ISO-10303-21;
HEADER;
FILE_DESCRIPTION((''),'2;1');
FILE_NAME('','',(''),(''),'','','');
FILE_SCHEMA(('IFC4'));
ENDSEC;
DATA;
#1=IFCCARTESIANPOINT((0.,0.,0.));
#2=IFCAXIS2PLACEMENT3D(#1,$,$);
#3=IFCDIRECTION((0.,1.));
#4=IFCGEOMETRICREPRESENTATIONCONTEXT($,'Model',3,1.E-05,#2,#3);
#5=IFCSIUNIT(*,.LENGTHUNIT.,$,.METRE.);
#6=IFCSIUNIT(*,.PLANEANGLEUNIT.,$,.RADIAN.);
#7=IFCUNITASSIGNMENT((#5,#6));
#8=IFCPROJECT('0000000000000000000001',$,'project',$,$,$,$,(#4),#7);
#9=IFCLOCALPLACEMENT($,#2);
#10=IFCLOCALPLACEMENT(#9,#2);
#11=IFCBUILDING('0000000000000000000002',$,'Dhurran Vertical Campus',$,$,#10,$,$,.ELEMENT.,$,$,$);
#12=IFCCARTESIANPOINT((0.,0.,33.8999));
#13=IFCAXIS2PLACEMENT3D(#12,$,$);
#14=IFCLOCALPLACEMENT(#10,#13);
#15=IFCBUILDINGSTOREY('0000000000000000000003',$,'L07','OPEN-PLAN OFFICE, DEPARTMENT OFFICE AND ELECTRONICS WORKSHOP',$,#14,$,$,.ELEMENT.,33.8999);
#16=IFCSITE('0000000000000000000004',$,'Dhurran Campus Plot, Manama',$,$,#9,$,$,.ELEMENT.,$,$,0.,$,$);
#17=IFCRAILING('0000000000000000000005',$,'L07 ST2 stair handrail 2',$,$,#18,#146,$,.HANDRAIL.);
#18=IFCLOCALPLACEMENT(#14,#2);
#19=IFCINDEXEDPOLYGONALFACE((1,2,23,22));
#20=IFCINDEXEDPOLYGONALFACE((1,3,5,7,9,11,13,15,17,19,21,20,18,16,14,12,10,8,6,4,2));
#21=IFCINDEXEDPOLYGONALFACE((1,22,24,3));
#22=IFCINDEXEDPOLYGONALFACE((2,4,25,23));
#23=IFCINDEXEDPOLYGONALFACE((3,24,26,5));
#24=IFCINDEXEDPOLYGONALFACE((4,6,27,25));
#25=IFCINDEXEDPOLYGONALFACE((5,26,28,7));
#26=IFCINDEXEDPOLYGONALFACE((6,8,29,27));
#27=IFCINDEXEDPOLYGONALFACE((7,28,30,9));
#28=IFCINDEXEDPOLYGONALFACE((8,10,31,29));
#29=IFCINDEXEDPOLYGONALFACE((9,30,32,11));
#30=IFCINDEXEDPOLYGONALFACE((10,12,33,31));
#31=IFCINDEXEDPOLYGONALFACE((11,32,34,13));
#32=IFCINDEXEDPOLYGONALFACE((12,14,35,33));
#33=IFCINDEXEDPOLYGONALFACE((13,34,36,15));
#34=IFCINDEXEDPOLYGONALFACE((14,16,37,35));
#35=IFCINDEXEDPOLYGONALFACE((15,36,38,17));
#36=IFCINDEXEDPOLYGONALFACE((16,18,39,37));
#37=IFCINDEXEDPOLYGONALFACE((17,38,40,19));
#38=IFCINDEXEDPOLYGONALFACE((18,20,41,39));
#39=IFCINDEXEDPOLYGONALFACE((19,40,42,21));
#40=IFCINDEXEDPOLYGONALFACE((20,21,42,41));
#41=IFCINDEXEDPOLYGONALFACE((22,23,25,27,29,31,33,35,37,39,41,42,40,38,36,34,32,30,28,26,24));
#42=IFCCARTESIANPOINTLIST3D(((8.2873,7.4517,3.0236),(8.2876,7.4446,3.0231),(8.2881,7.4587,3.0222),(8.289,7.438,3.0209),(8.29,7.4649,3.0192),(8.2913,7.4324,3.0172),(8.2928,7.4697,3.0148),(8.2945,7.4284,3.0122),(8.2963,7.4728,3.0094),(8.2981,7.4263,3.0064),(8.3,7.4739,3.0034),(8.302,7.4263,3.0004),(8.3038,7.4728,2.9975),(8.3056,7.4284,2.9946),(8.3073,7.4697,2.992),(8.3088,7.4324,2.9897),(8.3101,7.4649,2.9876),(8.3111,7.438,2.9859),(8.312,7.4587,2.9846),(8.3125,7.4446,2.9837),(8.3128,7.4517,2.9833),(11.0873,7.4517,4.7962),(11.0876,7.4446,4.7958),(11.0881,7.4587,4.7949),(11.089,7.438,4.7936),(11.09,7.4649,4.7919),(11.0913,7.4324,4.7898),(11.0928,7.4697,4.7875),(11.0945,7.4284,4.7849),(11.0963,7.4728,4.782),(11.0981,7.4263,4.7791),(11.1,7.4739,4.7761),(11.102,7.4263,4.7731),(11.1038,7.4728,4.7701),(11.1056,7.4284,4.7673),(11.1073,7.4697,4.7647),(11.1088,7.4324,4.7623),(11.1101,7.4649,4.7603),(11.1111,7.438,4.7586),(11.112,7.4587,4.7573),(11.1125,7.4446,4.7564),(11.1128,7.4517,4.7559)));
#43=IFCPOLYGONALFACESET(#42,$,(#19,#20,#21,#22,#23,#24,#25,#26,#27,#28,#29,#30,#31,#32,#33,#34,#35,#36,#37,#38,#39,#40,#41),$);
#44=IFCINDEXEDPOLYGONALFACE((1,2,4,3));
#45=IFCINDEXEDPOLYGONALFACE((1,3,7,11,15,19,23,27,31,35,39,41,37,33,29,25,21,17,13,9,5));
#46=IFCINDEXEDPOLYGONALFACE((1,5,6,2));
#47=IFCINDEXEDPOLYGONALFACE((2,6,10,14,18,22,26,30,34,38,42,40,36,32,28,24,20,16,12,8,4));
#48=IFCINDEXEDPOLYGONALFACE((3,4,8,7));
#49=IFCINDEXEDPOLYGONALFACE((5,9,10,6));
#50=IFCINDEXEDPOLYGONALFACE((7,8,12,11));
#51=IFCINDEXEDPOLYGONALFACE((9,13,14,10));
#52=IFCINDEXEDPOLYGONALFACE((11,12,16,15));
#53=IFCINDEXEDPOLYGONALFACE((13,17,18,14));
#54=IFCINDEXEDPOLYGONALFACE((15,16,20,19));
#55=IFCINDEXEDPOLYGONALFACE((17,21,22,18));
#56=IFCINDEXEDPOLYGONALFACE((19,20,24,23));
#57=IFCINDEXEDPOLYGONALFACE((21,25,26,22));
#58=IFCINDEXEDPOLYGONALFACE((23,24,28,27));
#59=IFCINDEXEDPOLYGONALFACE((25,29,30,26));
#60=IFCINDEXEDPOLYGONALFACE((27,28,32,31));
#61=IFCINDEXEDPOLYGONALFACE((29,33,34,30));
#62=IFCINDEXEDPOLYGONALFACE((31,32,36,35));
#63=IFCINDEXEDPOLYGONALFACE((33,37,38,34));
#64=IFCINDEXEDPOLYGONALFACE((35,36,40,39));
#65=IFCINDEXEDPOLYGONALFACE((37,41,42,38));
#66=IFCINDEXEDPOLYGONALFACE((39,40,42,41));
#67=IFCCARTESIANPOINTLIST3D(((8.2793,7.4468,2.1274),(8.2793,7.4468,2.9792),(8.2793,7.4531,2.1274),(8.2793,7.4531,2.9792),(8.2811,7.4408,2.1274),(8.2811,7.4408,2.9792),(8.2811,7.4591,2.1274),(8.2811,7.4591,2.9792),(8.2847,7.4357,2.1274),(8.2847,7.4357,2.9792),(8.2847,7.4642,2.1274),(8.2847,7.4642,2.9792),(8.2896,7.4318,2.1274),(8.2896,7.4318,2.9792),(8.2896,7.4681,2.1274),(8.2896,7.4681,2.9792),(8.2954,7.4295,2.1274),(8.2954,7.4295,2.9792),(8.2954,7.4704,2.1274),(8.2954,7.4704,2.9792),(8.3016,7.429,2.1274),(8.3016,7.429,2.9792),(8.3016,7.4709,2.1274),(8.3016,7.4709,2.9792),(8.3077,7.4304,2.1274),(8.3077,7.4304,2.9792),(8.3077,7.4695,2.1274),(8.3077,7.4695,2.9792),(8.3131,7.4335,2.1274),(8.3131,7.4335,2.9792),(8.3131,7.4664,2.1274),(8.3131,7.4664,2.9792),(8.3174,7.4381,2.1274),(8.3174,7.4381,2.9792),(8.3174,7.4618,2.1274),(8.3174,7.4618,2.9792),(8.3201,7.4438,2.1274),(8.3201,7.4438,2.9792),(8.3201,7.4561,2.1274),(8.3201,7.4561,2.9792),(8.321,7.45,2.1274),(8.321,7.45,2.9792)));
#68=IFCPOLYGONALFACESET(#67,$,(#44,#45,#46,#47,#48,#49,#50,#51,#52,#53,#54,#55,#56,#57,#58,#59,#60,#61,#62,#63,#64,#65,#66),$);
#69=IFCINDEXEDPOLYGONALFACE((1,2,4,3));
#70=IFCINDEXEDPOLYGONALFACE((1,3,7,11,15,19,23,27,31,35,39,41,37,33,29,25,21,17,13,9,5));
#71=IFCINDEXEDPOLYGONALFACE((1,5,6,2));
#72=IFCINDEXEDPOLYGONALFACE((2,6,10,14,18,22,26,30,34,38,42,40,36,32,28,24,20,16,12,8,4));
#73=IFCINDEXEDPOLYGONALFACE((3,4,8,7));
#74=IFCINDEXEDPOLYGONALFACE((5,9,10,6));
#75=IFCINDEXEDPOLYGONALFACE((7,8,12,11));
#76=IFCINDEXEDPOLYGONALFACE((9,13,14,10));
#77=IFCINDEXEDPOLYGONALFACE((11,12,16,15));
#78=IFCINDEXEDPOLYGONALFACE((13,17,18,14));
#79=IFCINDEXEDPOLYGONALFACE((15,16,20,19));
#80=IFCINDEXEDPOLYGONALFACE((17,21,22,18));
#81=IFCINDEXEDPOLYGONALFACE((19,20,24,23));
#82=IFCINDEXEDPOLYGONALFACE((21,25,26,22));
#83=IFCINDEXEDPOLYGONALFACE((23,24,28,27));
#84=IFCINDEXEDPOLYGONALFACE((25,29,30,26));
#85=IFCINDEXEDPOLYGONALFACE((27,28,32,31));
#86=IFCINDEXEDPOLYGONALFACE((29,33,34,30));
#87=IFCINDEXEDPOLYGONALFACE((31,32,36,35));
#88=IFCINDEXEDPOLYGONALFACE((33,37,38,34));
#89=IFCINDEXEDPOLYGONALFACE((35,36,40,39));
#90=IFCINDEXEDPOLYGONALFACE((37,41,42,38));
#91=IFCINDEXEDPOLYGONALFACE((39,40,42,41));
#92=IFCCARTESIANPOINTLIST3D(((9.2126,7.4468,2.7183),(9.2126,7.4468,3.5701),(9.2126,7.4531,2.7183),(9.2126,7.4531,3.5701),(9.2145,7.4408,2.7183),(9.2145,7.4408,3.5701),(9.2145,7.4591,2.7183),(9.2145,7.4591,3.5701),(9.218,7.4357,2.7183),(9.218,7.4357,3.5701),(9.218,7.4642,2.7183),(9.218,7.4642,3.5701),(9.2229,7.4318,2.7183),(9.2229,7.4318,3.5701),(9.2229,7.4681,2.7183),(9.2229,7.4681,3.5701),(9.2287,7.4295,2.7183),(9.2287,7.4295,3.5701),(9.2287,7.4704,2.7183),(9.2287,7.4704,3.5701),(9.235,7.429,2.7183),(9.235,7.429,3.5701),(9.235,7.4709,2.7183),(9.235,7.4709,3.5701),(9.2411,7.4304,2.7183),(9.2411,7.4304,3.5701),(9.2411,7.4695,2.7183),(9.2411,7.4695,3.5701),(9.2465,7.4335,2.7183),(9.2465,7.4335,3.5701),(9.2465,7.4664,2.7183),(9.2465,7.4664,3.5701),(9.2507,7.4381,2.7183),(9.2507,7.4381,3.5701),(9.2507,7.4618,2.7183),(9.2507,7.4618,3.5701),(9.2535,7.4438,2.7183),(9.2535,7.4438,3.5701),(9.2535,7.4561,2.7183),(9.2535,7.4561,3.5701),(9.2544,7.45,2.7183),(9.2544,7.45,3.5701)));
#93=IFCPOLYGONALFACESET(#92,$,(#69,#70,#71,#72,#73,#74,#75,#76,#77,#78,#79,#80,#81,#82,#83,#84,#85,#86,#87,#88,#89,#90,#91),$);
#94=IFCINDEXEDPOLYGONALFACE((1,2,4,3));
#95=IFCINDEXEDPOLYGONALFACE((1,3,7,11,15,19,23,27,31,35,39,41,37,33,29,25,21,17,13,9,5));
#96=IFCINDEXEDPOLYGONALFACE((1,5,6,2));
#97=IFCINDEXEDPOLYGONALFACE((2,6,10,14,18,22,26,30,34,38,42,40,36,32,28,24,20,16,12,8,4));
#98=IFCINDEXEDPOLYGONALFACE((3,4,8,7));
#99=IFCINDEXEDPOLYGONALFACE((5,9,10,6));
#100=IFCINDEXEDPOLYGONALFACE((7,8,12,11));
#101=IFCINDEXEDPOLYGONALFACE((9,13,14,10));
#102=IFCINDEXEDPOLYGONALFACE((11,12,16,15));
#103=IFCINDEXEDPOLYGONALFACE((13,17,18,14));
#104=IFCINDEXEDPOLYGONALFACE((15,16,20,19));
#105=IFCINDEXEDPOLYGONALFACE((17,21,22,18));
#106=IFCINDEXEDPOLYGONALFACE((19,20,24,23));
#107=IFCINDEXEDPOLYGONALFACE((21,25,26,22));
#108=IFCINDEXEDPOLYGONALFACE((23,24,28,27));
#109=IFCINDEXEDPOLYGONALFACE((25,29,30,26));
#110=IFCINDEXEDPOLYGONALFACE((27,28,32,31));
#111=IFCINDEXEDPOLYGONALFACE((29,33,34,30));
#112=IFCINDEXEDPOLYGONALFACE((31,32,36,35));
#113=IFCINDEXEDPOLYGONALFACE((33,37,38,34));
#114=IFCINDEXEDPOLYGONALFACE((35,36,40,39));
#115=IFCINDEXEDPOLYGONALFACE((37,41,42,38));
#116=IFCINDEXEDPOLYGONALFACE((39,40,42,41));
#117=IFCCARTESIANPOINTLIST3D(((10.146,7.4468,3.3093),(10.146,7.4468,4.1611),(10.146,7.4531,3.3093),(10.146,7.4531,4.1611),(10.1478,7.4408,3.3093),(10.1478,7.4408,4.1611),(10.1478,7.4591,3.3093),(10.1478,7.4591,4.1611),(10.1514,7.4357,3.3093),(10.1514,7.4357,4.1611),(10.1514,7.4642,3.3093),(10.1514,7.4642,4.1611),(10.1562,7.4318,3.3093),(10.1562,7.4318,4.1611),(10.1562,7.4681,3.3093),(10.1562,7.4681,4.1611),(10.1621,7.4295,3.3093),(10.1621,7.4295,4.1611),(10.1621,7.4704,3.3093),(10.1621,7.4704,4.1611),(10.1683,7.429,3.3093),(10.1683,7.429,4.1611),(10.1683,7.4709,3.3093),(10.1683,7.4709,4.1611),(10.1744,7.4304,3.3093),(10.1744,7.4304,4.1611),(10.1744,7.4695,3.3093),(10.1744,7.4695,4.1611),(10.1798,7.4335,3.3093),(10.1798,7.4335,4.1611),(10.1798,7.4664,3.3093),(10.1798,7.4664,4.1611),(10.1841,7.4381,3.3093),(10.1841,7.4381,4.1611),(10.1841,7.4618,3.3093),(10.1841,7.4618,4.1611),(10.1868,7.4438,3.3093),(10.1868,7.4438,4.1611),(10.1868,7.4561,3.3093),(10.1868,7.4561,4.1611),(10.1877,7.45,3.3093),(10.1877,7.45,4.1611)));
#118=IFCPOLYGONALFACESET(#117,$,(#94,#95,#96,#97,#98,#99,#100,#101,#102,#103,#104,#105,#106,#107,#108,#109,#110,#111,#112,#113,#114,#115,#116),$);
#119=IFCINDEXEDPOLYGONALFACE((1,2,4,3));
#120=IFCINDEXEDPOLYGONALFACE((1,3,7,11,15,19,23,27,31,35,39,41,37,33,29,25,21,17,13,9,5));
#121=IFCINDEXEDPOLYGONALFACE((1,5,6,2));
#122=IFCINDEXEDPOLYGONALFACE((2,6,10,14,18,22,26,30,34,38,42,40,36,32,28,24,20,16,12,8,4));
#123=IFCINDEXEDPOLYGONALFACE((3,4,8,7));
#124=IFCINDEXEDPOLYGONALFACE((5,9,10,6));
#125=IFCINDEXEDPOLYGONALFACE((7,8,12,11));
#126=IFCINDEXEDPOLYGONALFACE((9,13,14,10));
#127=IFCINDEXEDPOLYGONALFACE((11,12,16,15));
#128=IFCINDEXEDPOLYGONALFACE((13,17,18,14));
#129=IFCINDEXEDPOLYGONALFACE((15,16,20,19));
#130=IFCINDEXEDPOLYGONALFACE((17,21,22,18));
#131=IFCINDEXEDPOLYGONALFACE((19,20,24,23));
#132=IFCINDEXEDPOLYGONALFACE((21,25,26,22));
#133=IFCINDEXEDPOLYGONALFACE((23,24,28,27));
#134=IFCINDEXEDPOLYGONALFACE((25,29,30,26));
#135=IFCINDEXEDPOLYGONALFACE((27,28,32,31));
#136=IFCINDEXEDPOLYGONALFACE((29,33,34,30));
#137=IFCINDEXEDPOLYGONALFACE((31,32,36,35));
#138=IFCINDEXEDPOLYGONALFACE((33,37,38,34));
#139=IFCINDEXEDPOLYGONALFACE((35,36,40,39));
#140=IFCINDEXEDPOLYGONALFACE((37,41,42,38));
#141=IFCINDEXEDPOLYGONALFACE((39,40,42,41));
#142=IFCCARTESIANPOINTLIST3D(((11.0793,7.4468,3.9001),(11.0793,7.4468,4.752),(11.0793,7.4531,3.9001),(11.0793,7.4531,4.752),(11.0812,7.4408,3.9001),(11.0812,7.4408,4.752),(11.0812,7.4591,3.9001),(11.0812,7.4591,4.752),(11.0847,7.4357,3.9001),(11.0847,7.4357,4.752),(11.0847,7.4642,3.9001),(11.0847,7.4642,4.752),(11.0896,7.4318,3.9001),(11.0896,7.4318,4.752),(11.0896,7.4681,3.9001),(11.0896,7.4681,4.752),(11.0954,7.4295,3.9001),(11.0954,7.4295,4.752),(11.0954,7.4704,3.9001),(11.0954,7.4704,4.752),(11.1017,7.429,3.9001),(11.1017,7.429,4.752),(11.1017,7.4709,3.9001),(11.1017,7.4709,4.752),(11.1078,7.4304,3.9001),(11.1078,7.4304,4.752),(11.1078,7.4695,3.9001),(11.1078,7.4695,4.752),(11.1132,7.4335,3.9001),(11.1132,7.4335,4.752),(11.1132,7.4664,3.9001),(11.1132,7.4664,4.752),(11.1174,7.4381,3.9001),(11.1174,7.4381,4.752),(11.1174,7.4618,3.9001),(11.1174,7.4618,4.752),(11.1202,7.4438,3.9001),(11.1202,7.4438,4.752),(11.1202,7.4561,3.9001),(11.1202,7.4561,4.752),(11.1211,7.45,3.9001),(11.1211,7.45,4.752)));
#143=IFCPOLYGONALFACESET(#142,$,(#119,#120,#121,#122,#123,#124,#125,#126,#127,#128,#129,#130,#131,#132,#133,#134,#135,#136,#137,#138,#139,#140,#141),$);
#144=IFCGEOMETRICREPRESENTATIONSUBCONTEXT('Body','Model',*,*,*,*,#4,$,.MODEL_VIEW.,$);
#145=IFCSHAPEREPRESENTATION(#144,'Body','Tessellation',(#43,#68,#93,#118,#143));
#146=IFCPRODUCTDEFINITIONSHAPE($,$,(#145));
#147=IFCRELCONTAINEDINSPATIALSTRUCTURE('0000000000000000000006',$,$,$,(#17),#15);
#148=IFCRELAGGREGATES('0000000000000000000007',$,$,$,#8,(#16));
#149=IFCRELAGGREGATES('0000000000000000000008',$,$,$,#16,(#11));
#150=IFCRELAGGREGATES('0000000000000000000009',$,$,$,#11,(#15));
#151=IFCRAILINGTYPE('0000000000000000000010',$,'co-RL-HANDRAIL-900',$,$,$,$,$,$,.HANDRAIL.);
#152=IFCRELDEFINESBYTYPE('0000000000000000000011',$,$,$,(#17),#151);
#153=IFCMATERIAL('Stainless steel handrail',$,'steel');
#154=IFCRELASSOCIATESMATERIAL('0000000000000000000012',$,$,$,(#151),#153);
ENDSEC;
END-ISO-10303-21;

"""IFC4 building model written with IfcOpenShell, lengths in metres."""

from ifc_helpers import new_model, si_unit, direction, frame, origin, origin_2d, place, context, subcontext, project, spatial, circle, extrude, material, type_object, element, save


model = new_model("IFC4")

# Units and contexts
model_context = context("Model", 3, precision=1e-05, world=origin(), true_north=direction((0.0, 1.0)))
body_context = subcontext(model_context, "Body", "Model", "MODEL_VIEW")
ifc_project = project(units=[si_unit("LENGTHUNIT", "METRE"), si_unit("PLANEANGLEUNIT", "RADIAN")], contexts=[model_context])

# Site, building, storey
site_placement = place(None, origin())
site = spatial("IfcSite", under=ifc_project, at=site_placement, Name="Dhurran Campus Plot, Manama", CompositionType="ELEMENT", RefElevation=0.0)
building_placement = place(site_placement, origin())
building = spatial("IfcBuilding", under=site, at=building_placement, Name="Dhurran Vertical Campus", CompositionType="ELEMENT")
storey_placement = place(building_placement, frame((0.0, 0.0, 33.8999)))
storey = spatial("IfcBuildingStorey", under=building, at=storey_placement, Name="L07", Description="OPEN-PLAN OFFICE, DEPARTMENT OFFICE AND ELECTRONICS WORKSHOP", CompositionType="ELEMENT", Elevation=33.8999)

# Railing
ifc_material_1 = material(Name="Stainless steel handrail", Category="steel")
railing_type_1 = type_object("IfcRailingType", Name="co-RL-HANDRAIL-900", PredefinedType="HANDRAIL", material=ifc_material_1)
railing_1_placement = place(storey_placement, frame((8.3, 7.45, 2.1274)))
element("IfcRailing", 1, at=railing_1_placement, inside=storey, type_object=railing_type_1, Name="L07 ST2 stair handrail 2", PredefinedType="HANDRAIL", context=body_context, shape_type="SweptSolid", body=[
    extrude(circle(Radius=0.0239, at=origin_2d()), frame((0.0, 0.0, 0.876), z_axis=(0.844909, 0.0, 0.53491), x_axis=(0.0, 1.0, 0.0)), (0.0, 0.0, 1.0), 3.314),
    extrude(circle(Radius=0.021, at=origin_2d()), origin(), (0.0, 0.0, 1.0), 0.8518),
    extrude(circle(Radius=0.021, at=origin_2d()), frame((0.9333, 0.0, 0.5908)), (0.0, 0.0, 1.0), 0.8518),
    extrude(circle(Radius=0.021, at=origin_2d()), frame((1.8667, 0.0, 1.1819)), (0.0, 0.0, 1.0), 0.8518),
    extrude(circle(Radius=0.021, at=origin_2d()), frame((2.8, 0.0, 1.7727)), (0.0, 0.0, 1.0), 0.8518),
])

save(model, "model.ifc")
